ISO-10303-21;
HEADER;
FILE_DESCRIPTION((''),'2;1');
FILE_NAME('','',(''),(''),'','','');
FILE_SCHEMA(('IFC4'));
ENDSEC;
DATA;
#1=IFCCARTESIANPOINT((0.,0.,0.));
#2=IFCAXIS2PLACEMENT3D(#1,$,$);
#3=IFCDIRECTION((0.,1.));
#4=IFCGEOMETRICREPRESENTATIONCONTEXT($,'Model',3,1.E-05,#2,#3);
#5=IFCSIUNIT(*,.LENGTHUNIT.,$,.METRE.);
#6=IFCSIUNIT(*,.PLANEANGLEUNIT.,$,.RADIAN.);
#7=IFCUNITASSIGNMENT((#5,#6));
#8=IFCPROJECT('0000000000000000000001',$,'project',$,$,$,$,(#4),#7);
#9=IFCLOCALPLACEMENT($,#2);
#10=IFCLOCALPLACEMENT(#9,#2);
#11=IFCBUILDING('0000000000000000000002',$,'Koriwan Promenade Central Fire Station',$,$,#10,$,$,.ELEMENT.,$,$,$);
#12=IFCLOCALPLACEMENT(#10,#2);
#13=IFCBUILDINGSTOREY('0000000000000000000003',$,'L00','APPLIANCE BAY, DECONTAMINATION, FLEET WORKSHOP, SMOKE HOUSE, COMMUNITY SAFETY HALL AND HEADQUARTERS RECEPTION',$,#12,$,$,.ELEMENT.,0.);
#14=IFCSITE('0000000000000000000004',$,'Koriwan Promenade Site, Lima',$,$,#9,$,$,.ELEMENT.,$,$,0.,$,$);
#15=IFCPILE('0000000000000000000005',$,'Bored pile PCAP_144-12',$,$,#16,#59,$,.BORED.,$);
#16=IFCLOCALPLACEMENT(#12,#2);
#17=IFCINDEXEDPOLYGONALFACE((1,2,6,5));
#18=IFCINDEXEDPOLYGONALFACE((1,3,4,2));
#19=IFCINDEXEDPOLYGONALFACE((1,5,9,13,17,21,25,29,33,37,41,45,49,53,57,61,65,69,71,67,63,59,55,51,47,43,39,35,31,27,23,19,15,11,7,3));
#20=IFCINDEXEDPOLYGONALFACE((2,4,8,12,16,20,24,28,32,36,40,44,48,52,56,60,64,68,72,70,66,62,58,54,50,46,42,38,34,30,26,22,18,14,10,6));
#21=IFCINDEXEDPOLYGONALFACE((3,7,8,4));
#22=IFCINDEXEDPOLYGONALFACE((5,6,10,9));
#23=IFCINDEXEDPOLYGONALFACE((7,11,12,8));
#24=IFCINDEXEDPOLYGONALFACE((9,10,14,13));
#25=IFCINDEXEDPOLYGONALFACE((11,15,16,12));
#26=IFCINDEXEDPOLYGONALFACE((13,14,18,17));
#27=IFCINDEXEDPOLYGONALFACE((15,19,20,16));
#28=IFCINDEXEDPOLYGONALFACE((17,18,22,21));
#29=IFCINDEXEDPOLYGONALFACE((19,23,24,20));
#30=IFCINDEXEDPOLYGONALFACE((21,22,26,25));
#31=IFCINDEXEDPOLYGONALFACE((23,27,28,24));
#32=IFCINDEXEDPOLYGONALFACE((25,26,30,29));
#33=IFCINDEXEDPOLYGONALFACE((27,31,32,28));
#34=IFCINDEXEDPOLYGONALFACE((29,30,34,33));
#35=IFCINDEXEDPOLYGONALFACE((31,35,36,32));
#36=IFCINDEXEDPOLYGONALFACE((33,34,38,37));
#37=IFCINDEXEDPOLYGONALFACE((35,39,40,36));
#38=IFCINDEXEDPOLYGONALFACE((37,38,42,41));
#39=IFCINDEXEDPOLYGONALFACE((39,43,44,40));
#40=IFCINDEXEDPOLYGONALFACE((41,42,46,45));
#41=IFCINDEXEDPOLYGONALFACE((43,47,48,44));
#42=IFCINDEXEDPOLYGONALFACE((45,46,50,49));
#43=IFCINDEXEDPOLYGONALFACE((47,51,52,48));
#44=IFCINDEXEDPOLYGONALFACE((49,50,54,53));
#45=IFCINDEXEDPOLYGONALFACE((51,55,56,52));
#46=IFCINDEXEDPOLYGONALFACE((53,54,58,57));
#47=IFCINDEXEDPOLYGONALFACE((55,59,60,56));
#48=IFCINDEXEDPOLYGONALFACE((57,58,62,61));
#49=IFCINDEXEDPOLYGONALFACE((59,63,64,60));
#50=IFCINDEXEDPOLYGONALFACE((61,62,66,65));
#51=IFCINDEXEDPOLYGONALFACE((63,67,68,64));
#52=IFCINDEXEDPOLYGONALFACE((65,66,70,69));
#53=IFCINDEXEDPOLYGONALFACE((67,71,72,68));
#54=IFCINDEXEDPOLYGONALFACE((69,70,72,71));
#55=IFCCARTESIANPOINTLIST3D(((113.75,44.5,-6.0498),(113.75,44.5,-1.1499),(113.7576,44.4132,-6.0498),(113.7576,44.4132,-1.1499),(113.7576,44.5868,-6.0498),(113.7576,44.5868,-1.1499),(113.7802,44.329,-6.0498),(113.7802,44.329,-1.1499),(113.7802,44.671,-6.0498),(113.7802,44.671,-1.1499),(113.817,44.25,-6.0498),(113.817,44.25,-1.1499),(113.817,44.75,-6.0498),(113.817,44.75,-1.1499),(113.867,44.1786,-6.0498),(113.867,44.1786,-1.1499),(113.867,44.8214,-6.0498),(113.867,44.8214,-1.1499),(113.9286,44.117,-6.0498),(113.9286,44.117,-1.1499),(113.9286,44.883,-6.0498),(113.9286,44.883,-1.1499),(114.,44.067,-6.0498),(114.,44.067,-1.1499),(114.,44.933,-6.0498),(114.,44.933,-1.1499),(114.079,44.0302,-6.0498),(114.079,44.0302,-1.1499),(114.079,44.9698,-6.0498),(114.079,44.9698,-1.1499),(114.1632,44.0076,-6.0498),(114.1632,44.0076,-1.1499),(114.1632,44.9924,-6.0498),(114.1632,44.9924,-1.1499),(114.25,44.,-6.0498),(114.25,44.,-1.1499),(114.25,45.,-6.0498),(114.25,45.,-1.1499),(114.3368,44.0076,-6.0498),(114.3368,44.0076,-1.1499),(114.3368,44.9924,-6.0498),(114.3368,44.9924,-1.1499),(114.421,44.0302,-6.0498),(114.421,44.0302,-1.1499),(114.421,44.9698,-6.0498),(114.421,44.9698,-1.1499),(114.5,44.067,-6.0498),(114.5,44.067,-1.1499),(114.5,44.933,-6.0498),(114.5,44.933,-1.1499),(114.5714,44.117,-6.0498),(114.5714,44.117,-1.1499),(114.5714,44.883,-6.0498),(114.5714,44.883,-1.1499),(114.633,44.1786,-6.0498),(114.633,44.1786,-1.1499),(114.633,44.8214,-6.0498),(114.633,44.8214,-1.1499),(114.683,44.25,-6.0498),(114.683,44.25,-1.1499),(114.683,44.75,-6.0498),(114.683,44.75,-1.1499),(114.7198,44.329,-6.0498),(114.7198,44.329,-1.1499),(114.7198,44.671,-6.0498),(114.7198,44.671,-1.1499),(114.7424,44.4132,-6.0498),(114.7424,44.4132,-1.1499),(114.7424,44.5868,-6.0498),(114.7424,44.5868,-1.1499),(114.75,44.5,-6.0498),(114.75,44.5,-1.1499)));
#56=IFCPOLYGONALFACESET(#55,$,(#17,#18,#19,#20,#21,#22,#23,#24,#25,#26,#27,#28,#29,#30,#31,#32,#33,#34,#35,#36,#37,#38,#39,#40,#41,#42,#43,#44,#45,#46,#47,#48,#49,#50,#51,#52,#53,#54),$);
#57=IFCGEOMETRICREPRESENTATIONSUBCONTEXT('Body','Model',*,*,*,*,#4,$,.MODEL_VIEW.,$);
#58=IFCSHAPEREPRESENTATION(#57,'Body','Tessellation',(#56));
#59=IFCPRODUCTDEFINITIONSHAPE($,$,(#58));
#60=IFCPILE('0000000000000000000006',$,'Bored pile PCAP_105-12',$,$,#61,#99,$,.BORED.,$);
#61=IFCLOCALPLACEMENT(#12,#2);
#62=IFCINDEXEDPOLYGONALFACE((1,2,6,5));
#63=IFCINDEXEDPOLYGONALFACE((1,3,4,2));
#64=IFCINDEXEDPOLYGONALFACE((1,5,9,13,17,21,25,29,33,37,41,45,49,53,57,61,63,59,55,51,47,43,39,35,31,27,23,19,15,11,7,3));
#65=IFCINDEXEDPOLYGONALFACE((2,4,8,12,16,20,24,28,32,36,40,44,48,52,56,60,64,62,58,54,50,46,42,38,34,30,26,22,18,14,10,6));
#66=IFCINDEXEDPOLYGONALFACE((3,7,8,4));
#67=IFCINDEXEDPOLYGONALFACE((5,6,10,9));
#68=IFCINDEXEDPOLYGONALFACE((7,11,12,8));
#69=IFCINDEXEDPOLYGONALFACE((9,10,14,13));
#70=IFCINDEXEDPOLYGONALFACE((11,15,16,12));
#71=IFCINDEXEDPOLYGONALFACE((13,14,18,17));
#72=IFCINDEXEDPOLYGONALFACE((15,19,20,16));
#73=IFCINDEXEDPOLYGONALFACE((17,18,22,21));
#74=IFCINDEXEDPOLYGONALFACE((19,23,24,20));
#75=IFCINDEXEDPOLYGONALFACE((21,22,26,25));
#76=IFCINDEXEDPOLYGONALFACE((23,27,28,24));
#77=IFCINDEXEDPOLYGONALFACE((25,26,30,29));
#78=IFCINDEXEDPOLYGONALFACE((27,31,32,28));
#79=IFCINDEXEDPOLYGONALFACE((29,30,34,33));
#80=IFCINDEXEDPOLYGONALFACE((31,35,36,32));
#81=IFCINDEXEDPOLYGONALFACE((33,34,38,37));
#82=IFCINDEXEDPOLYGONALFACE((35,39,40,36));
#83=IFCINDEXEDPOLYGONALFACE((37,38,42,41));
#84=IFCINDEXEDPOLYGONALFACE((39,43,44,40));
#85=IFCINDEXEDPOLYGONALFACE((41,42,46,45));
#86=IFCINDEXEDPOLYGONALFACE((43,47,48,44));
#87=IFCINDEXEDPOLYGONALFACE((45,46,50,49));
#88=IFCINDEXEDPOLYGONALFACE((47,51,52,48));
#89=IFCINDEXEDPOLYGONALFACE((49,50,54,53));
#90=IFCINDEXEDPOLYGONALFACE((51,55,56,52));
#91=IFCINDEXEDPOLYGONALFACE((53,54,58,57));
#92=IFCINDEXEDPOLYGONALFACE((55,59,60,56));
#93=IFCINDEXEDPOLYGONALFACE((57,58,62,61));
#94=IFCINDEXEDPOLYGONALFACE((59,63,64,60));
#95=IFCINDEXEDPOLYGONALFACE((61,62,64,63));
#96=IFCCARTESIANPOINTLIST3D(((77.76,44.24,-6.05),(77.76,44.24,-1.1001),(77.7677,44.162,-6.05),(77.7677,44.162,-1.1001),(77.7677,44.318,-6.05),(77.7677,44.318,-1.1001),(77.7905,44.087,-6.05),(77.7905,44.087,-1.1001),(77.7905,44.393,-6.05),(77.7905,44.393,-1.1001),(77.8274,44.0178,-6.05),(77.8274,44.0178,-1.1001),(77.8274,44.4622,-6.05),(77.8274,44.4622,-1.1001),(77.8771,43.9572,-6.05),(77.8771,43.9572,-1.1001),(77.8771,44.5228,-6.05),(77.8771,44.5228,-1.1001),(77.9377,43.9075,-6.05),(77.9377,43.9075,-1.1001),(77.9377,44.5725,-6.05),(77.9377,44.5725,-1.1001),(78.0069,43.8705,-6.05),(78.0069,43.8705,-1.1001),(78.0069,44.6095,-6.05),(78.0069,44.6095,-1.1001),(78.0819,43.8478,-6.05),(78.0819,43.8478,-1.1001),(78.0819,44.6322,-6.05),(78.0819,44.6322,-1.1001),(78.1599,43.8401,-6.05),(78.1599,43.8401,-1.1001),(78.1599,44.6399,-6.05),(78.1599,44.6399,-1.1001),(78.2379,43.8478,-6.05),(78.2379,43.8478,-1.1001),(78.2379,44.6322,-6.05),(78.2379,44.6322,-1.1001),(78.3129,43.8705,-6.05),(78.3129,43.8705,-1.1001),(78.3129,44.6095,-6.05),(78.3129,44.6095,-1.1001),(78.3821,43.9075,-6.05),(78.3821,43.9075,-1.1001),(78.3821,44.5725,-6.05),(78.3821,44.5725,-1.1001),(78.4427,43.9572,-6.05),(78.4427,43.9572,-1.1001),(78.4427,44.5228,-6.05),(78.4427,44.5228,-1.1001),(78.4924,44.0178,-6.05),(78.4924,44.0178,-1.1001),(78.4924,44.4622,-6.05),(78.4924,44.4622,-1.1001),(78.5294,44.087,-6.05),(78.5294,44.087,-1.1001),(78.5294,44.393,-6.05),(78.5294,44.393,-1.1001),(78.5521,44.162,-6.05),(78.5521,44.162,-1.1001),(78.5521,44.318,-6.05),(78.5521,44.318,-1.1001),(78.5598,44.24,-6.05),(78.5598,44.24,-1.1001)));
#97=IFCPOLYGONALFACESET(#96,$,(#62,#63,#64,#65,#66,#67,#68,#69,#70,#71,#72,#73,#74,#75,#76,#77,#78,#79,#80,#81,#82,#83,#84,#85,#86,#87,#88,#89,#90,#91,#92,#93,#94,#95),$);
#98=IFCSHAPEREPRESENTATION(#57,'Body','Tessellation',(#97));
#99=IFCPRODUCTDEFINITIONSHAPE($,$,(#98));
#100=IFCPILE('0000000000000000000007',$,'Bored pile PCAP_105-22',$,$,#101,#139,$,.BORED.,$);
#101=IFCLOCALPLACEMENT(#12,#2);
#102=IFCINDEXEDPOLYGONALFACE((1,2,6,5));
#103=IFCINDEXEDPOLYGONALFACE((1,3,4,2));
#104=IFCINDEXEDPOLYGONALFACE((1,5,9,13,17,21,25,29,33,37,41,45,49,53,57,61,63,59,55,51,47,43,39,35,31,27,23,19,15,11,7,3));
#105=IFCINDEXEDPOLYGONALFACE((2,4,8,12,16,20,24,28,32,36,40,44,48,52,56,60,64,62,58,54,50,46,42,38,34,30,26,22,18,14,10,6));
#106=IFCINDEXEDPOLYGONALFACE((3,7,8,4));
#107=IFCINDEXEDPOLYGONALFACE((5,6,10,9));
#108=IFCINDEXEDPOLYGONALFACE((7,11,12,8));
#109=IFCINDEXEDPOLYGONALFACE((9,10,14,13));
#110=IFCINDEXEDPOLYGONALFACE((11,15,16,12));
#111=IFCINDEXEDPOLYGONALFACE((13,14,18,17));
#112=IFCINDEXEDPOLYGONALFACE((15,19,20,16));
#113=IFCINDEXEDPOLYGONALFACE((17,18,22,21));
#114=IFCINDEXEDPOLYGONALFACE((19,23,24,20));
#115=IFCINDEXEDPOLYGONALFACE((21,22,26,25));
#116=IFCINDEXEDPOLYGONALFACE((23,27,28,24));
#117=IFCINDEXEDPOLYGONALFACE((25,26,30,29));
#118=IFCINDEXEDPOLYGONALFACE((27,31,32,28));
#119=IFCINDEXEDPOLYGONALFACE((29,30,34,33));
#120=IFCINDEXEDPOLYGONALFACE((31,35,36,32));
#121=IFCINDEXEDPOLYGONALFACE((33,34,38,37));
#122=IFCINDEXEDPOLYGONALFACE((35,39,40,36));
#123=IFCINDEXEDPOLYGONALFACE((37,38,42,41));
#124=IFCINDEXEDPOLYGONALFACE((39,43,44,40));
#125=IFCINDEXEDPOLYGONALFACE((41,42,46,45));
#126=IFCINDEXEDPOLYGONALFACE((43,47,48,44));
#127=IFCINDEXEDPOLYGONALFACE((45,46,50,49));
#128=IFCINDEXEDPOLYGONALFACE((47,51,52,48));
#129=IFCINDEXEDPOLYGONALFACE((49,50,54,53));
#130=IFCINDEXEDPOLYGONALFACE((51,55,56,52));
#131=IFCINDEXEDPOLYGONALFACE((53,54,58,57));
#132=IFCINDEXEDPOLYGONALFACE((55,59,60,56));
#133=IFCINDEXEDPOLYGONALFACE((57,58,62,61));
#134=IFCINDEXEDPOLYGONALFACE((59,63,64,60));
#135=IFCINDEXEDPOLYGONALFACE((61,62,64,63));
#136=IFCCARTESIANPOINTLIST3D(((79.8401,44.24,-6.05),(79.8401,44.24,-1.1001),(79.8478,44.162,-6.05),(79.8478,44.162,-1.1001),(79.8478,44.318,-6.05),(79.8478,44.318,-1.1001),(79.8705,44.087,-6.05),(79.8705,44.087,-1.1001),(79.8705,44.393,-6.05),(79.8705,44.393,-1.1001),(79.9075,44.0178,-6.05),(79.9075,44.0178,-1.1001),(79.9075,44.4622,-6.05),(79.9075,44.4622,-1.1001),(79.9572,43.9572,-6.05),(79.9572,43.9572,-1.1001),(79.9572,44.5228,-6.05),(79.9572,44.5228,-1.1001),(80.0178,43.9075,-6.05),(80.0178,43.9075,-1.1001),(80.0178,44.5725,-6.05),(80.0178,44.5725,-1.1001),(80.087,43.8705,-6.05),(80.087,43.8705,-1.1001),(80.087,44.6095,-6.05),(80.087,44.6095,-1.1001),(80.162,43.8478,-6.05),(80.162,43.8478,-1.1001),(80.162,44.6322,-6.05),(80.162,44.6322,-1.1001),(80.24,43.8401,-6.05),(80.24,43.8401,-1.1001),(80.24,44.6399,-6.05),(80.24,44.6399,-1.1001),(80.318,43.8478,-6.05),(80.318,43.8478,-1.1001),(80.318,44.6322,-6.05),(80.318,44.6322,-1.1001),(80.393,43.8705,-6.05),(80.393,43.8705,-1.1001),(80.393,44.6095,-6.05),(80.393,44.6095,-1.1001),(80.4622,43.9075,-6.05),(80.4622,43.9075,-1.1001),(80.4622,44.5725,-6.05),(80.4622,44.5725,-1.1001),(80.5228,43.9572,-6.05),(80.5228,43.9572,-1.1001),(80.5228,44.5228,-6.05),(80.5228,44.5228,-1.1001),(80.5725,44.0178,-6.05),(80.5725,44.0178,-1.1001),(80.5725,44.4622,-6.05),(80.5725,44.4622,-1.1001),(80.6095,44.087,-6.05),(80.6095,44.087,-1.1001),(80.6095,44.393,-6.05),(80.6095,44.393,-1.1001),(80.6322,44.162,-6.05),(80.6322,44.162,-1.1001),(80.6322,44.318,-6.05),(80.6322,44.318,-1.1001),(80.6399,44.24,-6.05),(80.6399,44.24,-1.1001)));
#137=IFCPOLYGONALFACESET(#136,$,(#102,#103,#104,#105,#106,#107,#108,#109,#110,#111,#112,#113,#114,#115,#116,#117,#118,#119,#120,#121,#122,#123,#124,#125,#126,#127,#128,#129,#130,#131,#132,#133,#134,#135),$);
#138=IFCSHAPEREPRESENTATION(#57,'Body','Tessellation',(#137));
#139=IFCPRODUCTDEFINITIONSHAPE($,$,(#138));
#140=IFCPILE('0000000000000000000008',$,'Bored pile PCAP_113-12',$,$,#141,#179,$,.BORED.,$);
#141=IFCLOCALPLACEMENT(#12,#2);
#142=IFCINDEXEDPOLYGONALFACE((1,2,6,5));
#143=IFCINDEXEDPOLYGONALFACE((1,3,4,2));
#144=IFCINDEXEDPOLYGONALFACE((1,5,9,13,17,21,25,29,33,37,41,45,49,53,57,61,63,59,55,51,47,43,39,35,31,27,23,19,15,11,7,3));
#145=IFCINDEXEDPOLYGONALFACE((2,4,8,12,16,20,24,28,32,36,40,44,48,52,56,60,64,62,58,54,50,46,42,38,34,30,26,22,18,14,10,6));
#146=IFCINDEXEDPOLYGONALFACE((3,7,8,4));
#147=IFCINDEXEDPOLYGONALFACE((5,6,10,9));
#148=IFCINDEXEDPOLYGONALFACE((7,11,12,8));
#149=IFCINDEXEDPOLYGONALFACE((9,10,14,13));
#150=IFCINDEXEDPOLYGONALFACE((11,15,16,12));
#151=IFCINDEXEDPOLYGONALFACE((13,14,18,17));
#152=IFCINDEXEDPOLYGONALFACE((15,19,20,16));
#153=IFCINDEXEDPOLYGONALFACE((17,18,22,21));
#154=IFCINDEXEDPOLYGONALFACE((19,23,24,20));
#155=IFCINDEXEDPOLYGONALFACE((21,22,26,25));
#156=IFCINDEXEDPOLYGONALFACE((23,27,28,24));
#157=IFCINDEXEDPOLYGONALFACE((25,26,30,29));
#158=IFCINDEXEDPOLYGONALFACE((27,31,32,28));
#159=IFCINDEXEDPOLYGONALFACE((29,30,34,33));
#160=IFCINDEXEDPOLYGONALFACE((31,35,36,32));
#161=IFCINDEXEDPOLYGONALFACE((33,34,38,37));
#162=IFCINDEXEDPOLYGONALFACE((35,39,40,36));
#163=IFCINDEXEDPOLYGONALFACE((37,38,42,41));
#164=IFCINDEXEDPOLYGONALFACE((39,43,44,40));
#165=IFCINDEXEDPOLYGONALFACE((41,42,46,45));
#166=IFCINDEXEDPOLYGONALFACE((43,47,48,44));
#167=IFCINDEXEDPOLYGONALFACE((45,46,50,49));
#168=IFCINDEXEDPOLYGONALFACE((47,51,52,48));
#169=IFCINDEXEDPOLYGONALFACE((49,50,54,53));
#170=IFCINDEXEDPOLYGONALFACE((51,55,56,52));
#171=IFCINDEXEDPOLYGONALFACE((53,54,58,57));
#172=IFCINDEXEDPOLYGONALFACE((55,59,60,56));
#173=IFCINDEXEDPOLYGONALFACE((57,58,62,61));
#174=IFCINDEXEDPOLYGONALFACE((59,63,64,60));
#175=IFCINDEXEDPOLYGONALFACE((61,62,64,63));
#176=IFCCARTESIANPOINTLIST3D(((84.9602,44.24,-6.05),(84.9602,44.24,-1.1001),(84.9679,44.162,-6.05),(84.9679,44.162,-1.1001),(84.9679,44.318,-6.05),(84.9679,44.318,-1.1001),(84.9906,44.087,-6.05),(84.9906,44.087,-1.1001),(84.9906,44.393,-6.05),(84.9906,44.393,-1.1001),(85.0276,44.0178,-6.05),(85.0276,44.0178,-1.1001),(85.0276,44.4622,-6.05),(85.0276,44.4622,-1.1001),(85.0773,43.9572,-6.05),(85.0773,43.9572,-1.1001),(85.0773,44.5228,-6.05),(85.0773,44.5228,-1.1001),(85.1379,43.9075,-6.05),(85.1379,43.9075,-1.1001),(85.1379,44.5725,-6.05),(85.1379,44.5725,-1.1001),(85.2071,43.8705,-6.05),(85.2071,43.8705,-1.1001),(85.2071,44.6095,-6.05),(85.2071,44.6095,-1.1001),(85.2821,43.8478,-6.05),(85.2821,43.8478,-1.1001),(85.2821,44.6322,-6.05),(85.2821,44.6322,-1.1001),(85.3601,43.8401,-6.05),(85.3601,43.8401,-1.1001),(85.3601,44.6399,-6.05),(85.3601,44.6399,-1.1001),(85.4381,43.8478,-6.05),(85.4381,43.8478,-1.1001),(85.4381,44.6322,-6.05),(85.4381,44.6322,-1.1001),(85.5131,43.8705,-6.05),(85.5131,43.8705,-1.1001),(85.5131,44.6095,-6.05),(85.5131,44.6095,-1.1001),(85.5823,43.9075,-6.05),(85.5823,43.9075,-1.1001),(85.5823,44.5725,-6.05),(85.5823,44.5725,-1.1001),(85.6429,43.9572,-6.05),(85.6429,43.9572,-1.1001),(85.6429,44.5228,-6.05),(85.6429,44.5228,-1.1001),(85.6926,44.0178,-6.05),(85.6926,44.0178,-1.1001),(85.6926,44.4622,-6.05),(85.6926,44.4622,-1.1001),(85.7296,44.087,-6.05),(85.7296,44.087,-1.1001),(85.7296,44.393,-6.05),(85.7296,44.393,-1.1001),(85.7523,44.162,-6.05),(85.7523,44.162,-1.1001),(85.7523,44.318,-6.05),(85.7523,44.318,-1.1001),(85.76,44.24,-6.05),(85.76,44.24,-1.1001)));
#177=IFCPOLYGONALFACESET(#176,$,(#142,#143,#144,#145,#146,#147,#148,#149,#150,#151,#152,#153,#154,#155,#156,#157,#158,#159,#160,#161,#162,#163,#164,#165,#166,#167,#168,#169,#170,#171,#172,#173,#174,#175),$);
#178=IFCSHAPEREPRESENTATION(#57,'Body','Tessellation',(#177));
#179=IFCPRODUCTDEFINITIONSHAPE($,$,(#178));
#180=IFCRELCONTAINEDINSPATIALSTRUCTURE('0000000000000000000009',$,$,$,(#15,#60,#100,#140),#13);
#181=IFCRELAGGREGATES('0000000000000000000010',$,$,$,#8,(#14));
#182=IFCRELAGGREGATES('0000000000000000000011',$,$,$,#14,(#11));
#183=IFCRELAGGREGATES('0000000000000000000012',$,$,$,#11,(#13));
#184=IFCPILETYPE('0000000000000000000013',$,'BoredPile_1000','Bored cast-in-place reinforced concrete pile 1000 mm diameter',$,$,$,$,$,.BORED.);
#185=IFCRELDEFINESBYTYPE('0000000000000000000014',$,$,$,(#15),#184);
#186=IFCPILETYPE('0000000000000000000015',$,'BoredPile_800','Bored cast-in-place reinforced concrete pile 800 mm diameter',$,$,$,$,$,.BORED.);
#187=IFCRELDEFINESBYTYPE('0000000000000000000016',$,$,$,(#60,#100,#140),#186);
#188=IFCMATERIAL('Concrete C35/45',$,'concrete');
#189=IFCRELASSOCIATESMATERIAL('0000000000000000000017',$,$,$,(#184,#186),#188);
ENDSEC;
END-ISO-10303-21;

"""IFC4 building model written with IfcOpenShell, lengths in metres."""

from ifc_helpers import new_model, si_unit, direction, frame, origin, origin_2d, place, context, subcontext, project, spatial, circle, extrude, material, material_profile, profile_set, type_object, element, save


model = new_model("IFC4")

# Units and contexts
model_context = context("Model", 3, precision=1e-05, world=origin(), true_north=direction((0.0, 1.0)))
body_context = subcontext(model_context, "Body", "Model", "MODEL_VIEW")
ifc_project = project(units=[si_unit("LENGTHUNIT", "METRE"), si_unit("PLANEANGLEUNIT", "RADIAN")], contexts=[model_context])

# Site, building, storey
site_placement = place(None, origin())
site = spatial("IfcSite", under=ifc_project, at=site_placement, Name="Koriwan Promenade Site, Lima", CompositionType="ELEMENT", RefElevation=0.0)
building_placement = place(site_placement, origin())
building = spatial("IfcBuilding", under=site, at=building_placement, Name="Koriwan Promenade Central Fire Station", CompositionType="ELEMENT")
storey_placement = place(building_placement, origin())
storey = spatial("IfcBuildingStorey", under=building, at=storey_placement, Name="L00", Description="APPLIANCE BAY, DECONTAMINATION, FLEET WORKSHOP, SMOKE HOUSE, COMMUNITY SAFETY HALL AND HEADQUARTERS RECEPTION", CompositionType="ELEMENT", Elevation=0.0)

# Piles
ifc_material_1 = material(Name="Concrete C35/45", Category="concrete")
ifc_material_profile_1 = material_profile(ifc_material_1, circle(Radius=0.5, at=origin_2d()), Name="PILE-D1000")
ifc_profile_set_1 = profile_set([ifc_material_profile_1], Name="Concrete C35/45")
pile_type_1 = type_object("IfcPileType", Name="BoredPile_1000", Description="Bored cast-in-place reinforced concrete pile 1000 mm diameter", PredefinedType="BORED", material=ifc_profile_set_1)
pile_placement = place(storey_placement, frame((114.25, 44.5, -1.1499), z_axis=(0.0, 0.0, -1.0), x_axis=(1.0, 0.0, 0.0)))
element("IfcPile", 1, at=pile_placement, inside=storey, type_object=pile_type_1, Name="Bored pile PCAP_144-12", PredefinedType="BORED", context=body_context, shape_type="SweptSolid", body=[
    extrude(circle(Radius=0.5, at=origin_2d()), origin(), (0.0, 0.0, 1.0), 4.8999),
])
ifc_material_profile_2 = material_profile(ifc_material_1, circle(Radius=0.3999, at=origin_2d()), Name="PILE-D800")
ifc_profile_set_2 = profile_set([ifc_material_profile_2], Name="Concrete C35/45")
pile_type_2 = type_object("IfcPileType", Name="BoredPile_800", Description="Bored cast-in-place reinforced concrete pile 800 mm diameter", PredefinedType="BORED", material=ifc_profile_set_2)
for number, where, z_axis, x_axis, name in (
    (2, (78.1599, 44.24, -1.1001), (0.0, 0.0, -1.0), (1.0, 0.0, 0.0), "Bored pile PCAP_105-12"),
    (3, (80.24, 44.24, -1.1001), (0.0, 0.0, -1.0), (1.0, 0.0, 0.0), "Bored pile PCAP_105-22"),
    (4, (85.3601, 44.24, -1.1001), (0.0, 0.0, -1.0), (1.0, 0.0, 0.0), "Bored pile PCAP_113-12"),
):
    element("IfcPile", number, at=place(storey_placement, frame(where, z_axis=z_axis, x_axis=x_axis)), inside=storey, type_object=pile_type_2, Name=name, PredefinedType="BORED", context=body_context, shape_type="SweptSolid", body=[
        extrude(circle(Radius=0.3999, at=origin_2d()), origin(), (0.0, 0.0, 1.0), 4.95),
    ])

save(model, "model.ifc")
